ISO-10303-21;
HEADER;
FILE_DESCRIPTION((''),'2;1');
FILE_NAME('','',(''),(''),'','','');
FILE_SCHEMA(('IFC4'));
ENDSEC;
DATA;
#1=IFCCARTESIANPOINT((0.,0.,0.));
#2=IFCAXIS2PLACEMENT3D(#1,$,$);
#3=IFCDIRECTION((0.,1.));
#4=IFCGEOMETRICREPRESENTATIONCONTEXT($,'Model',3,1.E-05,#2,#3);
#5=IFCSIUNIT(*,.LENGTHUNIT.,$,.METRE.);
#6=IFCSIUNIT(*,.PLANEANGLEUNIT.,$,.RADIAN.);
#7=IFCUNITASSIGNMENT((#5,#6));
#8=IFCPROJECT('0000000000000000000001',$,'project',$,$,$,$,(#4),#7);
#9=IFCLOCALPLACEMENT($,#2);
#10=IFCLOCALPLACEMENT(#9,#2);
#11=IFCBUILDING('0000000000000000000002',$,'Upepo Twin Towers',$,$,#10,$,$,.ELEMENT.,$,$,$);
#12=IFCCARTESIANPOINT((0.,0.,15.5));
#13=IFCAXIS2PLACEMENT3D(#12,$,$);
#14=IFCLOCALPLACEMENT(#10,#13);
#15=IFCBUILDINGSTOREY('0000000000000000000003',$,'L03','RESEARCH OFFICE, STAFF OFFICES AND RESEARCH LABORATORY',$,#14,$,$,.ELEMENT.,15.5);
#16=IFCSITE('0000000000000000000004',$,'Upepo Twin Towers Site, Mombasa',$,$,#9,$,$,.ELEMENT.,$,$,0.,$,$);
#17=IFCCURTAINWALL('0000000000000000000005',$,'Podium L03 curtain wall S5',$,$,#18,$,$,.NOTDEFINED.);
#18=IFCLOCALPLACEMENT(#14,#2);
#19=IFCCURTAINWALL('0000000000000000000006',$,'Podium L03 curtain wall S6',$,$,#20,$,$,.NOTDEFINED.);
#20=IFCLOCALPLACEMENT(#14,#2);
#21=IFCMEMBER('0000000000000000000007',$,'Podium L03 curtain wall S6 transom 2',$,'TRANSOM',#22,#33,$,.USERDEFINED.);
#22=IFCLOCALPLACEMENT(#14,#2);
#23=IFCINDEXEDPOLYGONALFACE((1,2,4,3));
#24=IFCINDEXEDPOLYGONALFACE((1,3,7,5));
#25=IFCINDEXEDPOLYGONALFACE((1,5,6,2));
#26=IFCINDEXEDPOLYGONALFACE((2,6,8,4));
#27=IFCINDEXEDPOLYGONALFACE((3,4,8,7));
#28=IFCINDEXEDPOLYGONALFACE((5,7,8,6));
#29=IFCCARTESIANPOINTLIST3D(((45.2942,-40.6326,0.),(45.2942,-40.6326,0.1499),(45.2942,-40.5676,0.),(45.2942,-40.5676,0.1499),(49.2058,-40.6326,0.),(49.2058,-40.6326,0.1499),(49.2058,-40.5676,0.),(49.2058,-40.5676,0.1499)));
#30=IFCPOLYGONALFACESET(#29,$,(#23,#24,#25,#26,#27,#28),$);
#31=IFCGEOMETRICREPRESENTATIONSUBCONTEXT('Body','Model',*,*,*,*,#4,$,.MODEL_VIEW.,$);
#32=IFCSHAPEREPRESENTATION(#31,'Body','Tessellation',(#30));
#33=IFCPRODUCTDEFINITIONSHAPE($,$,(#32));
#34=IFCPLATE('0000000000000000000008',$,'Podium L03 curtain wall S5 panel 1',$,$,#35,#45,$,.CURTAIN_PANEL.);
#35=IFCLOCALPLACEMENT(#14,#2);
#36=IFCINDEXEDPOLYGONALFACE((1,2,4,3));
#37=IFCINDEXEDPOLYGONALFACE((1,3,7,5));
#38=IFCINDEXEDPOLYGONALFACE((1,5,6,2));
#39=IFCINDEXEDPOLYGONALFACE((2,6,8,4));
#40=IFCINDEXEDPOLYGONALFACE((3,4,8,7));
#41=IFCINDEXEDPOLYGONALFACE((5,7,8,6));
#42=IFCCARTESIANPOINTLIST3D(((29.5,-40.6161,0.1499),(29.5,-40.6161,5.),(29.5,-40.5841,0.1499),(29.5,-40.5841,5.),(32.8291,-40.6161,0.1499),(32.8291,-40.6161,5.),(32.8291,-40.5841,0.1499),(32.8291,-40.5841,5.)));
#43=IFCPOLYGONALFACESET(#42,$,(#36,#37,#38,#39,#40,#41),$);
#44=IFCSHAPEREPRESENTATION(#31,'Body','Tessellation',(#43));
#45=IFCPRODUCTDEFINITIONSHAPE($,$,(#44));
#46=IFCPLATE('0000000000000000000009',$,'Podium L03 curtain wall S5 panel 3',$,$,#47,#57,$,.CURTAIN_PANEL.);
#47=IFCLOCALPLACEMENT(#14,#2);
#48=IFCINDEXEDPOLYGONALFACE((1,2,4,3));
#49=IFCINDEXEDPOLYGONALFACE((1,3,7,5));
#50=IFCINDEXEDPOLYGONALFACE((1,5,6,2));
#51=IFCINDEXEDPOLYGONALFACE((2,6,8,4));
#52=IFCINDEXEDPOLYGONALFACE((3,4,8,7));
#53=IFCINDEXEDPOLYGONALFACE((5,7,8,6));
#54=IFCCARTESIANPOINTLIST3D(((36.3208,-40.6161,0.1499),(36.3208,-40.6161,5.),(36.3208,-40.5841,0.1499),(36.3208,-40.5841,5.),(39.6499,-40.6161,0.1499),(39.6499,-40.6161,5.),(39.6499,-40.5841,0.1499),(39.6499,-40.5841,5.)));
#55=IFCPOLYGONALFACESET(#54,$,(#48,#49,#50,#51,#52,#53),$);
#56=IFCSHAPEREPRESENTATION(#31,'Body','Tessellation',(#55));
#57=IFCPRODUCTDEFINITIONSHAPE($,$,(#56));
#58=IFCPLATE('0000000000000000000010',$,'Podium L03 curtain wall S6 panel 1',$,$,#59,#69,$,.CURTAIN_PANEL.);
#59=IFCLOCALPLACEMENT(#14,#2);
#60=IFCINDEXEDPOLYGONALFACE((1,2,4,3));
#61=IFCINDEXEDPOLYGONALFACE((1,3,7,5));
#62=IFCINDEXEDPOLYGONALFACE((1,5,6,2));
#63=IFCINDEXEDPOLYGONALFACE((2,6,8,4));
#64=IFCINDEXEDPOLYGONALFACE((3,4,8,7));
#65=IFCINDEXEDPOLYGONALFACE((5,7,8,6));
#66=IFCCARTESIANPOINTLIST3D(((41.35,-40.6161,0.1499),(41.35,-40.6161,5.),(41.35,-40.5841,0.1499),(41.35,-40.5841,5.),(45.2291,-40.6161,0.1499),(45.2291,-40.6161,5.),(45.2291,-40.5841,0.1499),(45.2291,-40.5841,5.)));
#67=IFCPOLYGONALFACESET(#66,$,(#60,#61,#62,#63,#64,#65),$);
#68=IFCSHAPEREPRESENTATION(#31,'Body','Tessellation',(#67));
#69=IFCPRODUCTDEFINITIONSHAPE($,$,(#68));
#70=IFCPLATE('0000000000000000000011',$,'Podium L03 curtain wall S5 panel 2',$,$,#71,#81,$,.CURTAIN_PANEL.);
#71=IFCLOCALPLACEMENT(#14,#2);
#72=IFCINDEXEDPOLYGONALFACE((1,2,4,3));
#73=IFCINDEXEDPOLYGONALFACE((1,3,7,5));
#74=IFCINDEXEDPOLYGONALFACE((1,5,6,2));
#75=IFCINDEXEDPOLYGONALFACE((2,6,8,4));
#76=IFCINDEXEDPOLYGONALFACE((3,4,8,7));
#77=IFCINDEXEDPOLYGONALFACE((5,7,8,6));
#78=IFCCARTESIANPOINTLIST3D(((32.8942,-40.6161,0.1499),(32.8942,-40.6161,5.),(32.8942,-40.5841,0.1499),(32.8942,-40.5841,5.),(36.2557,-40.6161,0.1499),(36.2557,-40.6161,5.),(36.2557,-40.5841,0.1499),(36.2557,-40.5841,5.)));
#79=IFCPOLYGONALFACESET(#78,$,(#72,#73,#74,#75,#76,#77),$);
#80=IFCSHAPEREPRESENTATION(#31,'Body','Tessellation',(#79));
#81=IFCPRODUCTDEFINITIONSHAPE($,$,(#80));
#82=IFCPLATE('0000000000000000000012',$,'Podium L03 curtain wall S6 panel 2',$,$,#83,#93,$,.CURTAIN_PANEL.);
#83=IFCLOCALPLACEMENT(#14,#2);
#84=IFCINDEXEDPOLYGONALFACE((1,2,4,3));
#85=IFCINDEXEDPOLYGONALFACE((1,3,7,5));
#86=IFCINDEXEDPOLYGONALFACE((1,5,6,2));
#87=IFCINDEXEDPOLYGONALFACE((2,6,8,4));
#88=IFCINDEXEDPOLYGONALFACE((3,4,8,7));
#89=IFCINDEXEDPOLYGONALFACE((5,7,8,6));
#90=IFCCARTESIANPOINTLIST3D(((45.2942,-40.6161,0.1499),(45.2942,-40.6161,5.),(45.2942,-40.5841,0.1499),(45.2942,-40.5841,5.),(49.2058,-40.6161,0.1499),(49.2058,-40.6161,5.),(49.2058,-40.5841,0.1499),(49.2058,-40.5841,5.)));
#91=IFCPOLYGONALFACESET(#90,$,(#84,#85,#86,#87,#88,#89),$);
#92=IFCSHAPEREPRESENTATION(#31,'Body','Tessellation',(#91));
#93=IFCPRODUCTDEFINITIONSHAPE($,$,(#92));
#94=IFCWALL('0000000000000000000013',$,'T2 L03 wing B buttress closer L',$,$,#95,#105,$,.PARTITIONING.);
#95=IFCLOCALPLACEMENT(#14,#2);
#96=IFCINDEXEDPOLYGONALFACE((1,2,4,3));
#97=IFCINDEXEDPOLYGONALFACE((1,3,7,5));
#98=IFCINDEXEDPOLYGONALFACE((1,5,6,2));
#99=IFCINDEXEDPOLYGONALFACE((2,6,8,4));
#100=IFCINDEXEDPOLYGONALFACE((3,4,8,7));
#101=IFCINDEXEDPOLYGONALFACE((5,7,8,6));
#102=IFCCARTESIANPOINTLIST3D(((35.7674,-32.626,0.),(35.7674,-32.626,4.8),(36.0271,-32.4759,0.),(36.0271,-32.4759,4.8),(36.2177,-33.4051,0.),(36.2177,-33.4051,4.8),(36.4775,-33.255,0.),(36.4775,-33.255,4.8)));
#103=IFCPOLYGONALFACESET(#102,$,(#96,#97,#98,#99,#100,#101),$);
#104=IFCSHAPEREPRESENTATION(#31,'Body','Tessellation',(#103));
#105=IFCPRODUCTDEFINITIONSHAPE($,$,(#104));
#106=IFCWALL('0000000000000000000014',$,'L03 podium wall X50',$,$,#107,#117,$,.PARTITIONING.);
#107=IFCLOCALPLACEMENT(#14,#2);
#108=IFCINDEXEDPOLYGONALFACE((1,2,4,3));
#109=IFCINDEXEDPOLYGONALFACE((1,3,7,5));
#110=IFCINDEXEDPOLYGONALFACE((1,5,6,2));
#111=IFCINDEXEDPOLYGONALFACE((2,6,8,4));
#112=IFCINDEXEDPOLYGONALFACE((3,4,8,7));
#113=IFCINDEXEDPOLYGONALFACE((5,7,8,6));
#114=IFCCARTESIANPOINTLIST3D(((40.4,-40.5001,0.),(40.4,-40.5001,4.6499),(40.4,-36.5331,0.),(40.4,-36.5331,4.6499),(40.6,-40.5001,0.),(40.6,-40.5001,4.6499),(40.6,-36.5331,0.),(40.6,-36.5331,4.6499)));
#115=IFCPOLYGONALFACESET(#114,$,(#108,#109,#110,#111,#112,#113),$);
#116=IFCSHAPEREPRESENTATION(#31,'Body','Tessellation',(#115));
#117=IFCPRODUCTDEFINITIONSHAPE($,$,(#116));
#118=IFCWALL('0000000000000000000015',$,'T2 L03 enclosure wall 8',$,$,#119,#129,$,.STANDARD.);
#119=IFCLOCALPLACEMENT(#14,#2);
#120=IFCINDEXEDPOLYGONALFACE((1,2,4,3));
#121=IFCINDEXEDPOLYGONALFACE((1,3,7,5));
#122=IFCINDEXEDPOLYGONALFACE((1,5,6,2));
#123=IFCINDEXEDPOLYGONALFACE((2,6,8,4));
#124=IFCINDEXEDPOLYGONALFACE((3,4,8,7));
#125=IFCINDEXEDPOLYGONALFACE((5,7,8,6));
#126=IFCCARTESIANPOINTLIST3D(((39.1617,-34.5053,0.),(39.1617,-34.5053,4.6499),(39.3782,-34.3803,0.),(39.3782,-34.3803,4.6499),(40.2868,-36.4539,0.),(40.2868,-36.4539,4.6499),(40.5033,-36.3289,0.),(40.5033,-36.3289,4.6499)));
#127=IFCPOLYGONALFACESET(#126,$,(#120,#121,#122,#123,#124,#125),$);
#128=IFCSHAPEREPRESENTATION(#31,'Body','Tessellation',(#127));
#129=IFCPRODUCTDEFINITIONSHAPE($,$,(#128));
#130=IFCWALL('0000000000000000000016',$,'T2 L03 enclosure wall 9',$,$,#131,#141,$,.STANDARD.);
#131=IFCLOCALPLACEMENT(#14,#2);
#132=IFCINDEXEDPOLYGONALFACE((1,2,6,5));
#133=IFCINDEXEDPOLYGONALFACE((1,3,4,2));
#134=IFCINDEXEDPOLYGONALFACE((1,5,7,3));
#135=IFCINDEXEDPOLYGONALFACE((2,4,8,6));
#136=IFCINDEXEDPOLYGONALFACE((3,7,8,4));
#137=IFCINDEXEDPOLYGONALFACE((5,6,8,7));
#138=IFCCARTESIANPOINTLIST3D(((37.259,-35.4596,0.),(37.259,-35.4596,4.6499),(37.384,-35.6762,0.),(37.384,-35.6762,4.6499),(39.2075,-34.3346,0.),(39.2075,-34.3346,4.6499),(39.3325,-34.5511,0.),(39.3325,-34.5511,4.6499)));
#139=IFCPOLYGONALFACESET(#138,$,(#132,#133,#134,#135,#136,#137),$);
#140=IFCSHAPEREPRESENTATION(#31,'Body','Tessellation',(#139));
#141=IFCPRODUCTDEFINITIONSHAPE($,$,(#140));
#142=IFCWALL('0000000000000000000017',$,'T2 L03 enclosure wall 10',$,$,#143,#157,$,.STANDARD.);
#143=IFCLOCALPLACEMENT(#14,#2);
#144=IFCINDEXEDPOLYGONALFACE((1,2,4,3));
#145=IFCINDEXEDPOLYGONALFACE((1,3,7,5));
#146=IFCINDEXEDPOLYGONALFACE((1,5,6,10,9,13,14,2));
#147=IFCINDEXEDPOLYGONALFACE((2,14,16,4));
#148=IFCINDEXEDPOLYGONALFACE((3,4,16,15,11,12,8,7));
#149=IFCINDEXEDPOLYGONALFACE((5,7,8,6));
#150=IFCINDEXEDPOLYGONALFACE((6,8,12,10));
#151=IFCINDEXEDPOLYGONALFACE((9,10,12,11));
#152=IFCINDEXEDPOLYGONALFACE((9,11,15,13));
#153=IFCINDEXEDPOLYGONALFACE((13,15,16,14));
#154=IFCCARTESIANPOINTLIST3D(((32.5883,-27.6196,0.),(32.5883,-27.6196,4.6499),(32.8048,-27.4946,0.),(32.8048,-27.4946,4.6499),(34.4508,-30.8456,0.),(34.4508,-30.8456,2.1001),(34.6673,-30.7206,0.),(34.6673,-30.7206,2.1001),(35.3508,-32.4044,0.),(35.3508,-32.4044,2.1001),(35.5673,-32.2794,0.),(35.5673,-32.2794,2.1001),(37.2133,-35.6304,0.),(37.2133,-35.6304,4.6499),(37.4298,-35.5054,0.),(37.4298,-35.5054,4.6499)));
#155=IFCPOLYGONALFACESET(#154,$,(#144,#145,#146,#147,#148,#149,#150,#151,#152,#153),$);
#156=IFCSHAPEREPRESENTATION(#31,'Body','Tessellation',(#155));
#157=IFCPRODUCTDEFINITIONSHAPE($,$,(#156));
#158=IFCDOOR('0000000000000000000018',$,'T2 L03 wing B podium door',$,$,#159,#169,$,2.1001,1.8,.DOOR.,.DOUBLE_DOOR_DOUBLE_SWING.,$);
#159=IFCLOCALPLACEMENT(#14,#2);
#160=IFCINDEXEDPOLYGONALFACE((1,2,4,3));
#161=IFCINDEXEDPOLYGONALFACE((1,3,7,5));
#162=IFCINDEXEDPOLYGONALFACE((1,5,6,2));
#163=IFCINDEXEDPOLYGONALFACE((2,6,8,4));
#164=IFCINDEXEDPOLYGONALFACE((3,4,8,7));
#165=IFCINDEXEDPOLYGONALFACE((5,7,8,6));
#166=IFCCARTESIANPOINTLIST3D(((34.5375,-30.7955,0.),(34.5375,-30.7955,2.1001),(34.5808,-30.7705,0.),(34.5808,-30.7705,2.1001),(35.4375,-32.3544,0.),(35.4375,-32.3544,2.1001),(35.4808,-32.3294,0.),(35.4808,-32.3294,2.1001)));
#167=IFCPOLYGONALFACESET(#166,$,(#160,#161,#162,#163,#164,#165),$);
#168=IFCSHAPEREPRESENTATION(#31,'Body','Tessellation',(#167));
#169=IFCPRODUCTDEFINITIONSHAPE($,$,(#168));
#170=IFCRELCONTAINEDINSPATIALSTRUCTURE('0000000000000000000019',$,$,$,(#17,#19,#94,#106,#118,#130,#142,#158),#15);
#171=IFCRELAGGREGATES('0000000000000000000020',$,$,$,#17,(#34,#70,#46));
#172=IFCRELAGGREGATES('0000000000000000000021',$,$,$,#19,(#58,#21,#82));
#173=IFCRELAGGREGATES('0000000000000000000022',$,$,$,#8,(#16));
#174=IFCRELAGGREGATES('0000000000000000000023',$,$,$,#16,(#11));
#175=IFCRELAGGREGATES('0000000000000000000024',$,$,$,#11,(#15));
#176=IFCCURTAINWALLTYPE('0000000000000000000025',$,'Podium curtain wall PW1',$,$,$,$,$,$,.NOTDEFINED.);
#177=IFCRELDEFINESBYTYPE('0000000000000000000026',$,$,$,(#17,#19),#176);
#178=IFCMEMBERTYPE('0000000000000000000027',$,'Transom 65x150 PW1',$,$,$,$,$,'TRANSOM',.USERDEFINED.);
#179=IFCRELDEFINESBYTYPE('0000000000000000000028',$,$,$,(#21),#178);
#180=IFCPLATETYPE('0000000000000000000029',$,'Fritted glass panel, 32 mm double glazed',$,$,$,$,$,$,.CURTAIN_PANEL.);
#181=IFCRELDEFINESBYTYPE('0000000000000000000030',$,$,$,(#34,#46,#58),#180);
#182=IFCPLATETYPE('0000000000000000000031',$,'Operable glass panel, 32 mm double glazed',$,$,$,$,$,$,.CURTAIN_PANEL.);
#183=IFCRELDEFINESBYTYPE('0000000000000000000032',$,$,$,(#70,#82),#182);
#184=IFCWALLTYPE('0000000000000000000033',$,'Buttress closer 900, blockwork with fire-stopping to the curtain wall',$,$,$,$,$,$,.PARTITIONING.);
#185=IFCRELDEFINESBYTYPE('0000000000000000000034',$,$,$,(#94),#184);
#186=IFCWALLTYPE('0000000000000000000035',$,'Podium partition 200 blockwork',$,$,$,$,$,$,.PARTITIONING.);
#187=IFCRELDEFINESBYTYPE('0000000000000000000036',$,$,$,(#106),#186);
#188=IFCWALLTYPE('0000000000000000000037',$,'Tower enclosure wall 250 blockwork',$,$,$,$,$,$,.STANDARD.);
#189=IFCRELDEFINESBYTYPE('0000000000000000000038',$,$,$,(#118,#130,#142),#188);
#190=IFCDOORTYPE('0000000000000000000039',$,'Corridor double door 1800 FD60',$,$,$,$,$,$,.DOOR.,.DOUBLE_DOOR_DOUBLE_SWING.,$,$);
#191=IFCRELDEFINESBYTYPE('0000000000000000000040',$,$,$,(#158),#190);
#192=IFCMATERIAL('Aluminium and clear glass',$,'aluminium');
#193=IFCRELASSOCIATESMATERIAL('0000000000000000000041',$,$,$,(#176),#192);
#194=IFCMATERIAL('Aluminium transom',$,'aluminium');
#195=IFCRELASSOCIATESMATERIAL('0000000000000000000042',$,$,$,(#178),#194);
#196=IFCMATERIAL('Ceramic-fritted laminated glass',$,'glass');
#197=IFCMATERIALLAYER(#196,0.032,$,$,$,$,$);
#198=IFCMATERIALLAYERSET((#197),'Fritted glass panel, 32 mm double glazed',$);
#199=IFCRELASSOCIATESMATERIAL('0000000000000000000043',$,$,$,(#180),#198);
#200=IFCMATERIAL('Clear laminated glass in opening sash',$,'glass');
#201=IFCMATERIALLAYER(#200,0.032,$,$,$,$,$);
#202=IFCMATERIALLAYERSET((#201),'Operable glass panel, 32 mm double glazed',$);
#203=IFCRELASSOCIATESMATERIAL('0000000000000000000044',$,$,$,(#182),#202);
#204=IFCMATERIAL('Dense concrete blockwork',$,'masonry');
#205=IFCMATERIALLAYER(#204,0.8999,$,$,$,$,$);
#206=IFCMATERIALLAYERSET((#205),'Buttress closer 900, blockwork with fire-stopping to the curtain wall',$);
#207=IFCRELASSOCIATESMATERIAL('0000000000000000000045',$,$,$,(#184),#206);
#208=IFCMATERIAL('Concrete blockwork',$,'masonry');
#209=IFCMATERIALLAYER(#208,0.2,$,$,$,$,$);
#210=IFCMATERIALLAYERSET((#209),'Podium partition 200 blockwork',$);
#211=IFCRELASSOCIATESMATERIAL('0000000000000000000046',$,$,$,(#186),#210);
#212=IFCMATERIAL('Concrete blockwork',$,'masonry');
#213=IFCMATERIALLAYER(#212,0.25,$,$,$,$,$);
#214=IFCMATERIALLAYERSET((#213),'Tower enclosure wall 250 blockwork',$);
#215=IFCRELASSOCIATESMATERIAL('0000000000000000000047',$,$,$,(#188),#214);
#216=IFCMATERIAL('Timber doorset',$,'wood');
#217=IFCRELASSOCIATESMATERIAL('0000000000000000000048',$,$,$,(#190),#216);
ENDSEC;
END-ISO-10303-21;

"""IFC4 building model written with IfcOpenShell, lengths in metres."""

from ifc_helpers import new_model, si_unit, direction, frame, frame_2d, origin, origin_2d, place, context, subcontext, project, spatial, rectangle, extrude, material, layer, layer_set, material_profile, profile_set, type_object, element, fill, aggregate, save


model = new_model("IFC4")

# Units and contexts
model_context = context("Model", 3, precision=1e-05, world=origin(), true_north=direction((0.0, 1.0)))
body_context = subcontext(model_context, "Body", "Model", "MODEL_VIEW")
ifc_project = project(units=[si_unit("LENGTHUNIT", "METRE"), si_unit("PLANEANGLEUNIT", "RADIAN")], contexts=[model_context])

# Site, building, storey
site_placement = place(None, origin())
site = spatial("IfcSite", under=ifc_project, at=site_placement, Name="Upepo Twin Towers Site, Mombasa", CompositionType="ELEMENT", RefElevation=0.0)
building_placement = place(site_placement, origin())
building = spatial("IfcBuilding", under=site, at=building_placement, Name="Upepo Twin Towers", CompositionType="ELEMENT")
storey_placement = place(building_placement, frame((0.0, 0.0, 15.5)))
storey = spatial("IfcBuildingStorey", under=building, at=storey_placement, Name="L03", Description="RESEARCH OFFICE, STAFF OFFICES AND RESEARCH LABORATORY", CompositionType="ELEMENT", Elevation=15.5)

# Curtain walls
ifc_material_1 = material(Name="Aluminium and clear glass", Category="aluminium")
curtain_wall_type = type_object("IfcCurtainWallType", Name="Podium curtain wall PW1", PredefinedType="NOTDEFINED", material=ifc_material_1)
curtain_wall_1_placement = place(storey_placement, origin())
curtain_wall_1 = element("IfcCurtainWall", 1, at=curtain_wall_1_placement, inside=storey, type_object=curtain_wall_type, Name="Podium L03 curtain wall S5", PredefinedType="NOTDEFINED")
curtain_wall_2_placement = place(storey_placement, origin())
curtain_wall_2 = element("IfcCurtainWall", 2, at=curtain_wall_2_placement, inside=storey, type_object=curtain_wall_type, Name="Podium L03 curtain wall S6", PredefinedType="NOTDEFINED")

# Member
ifc_material_2 = material(Name="Aluminium transom", Category="aluminium")
ifc_material_profile_1 = material_profile(ifc_material_2, rectangle(XDim=0.0649, YDim=0.1499, at=origin_2d()), Name="TRANSOM 65x150 PODIUM")
ifc_profile_set_1 = profile_set([ifc_material_profile_1], Name="Aluminium transom")
member_type_1 = type_object("IfcMemberType", Name="Transom 65x150 PW1", ElementType="TRANSOM", PredefinedType="USERDEFINED", material=ifc_profile_set_1)
member_1_placement = place(storey_placement, frame((45.2942, -40.6001, 0.075), z_axis=(1.0, 0.0, 0.0), x_axis=(0.0, 1.0, 0.0)))
member_1 = element("IfcMember", 3, at=member_1_placement, type_object=member_type_1, Name="Podium L03 curtain wall S6 transom 2", ObjectType="TRANSOM", PredefinedType="USERDEFINED", context=body_context, shape_type="SweptSolid", body=[
    extrude(rectangle(XDim=0.0649, YDim=0.1499, at=origin_2d()), origin(), (0.0, 0.0, 1.0), 3.9116),
])

# Plates
ifc_material_3 = material(Name="Ceramic-fritted laminated glass", Category="glass")
ifc_layer_1 = layer(ifc_material_3, 0.032)
ifc_layer_set_1 = layer_set([ifc_layer_1], Name="Fritted glass panel, 32 mm double glazed")
plate_type_1 = type_object("IfcPlateType", Name="Fritted glass panel, 32 mm double glazed", PredefinedType="CURTAIN_PANEL", material=ifc_layer_set_1)
plate_1_placement = place(storey_placement, frame((31.1646, -40.6001, 0.1499), z_axis=(0.0, 0.0, 1.0), x_axis=(1.0, 0.0, 0.0)))
plate_1 = element("IfcPlate", 4, at=plate_1_placement, type_object=plate_type_1, Name="Podium L03 curtain wall S5 panel 1", PredefinedType="CURTAIN_PANEL", context=body_context, shape_type="SweptSolid", body=[
    extrude(rectangle(XDim=3.3291, YDim=0.032, at=origin_2d()), origin(), (0.0, 0.0, 1.0), 4.8501),
])
plate_2_placement = place(storey_placement, frame((37.9854, -40.6001, 0.1499), z_axis=(0.0, 0.0, 1.0), x_axis=(1.0, 0.0, 0.0)))
plate_2 = element("IfcPlate", 5, at=plate_2_placement, type_object=plate_type_1, Name="Podium L03 curtain wall S5 panel 3", PredefinedType="CURTAIN_PANEL", context=body_context, shape_type="SweptSolid", body=[
    extrude(rectangle(XDim=3.3291, YDim=0.032, at=origin_2d()), origin(), (0.0, 0.0, 1.0), 4.8501),
])
plate_3_placement = place(storey_placement, frame((43.2896, -40.6001, 0.1499), z_axis=(0.0, 0.0, 1.0), x_axis=(1.0, 0.0, 0.0)))
plate_3 = element("IfcPlate", 6, at=plate_3_placement, type_object=plate_type_1, Name="Podium L03 curtain wall S6 panel 1", PredefinedType="CURTAIN_PANEL", context=body_context, shape_type="SweptSolid", body=[
    extrude(rectangle(XDim=3.8792, YDim=0.032, at=origin_2d()), origin(), (0.0, 0.0, 1.0), 4.8501),
])
ifc_material_4 = material(Name="Clear laminated glass in opening sash", Category="glass")
ifc_layer_2 = layer(ifc_material_4, 0.032)
ifc_layer_set_2 = layer_set([ifc_layer_2], Name="Operable glass panel, 32 mm double glazed")
plate_type_2 = type_object("IfcPlateType", Name="Operable glass panel, 32 mm double glazed", PredefinedType="CURTAIN_PANEL", material=ifc_layer_set_2)
plate_4_placement = place(storey_placement, frame((34.575, -40.6001, 0.1499), z_axis=(0.0, 0.0, 1.0), x_axis=(1.0, 0.0, 0.0)))
plate_4 = element("IfcPlate", 7, at=plate_4_placement, type_object=plate_type_2, Name="Podium L03 curtain wall S5 panel 2", PredefinedType="CURTAIN_PANEL", context=body_context, shape_type="SweptSolid", body=[
    extrude(rectangle(XDim=3.3616, YDim=0.032, at=origin_2d()), origin(), (0.0, 0.0, 1.0), 4.8501),
])
aggregate(curtain_wall_1, [plate_1, plate_4, plate_2])
plate_5_placement = place(storey_placement, frame((47.25, -40.6001, 0.1499), z_axis=(0.0, 0.0, 1.0), x_axis=(1.0, 0.0, 0.0)))
plate_5 = element("IfcPlate", 8, at=plate_5_placement, type_object=plate_type_2, Name="Podium L03 curtain wall S6 panel 2", PredefinedType="CURTAIN_PANEL", context=body_context, shape_type="SweptSolid", body=[
    extrude(rectangle(XDim=3.9116, YDim=0.032, at=origin_2d()), origin(), (0.0, 0.0, 1.0), 4.8501),
])
aggregate(curtain_wall_2, [plate_3, member_1, plate_5])

# Walls
ifc_material_5 = material(Name="Dense concrete blockwork", Category="masonry")
ifc_layer_3 = layer(ifc_material_5, 0.8999)
ifc_layer_set_3 = layer_set([ifc_layer_3], Name="Buttress closer 900, blockwork with fire-stopping to the curtain wall")
wall_type_1 = type_object("IfcWallType", Name="Buttress closer 900, blockwork with fire-stopping to the curtain wall", PredefinedType="PARTITIONING", material=ifc_layer_set_3)
wall_1_placement = place(storey_placement, frame((36.2522, -32.8655, 0.0), z_axis=(0.0, 0.0, 1.0), x_axis=(-0.865779, -0.500427, 0.0)))
element("IfcWall", 9, at=wall_1_placement, inside=storey, type_object=wall_type_1, Name="T2 L03 wing B buttress closer L", PredefinedType="PARTITIONING", context=body_context, shape_type="SweptSolid", body=[
    extrude(rectangle(XDim=0.3, YDim=0.8999, at=frame_2d((0.1499, 0.0))), origin(), (0.0, 0.0, 1.0), 4.8),
])
ifc_material_6 = material(Name="Concrete blockwork", Category="masonry")
ifc_layer_4 = layer(ifc_material_6, 0.2)
ifc_layer_set_4 = layer_set([ifc_layer_4], Name="Podium partition 200 blockwork")
wall_type_2 = type_object("IfcWallType", Name="Podium partition 200 blockwork", PredefinedType="PARTITIONING", material=ifc_layer_set_4)
wall_2_placement = place(storey_placement, frame((40.5, -40.5, 0.0), z_axis=(0.0, 0.0, 1.0), x_axis=(0.0, 1.0, 0.0)))
element("IfcWall", 10, at=wall_2_placement, inside=storey, type_object=wall_type_2, Name="L03 podium wall X50", PredefinedType="PARTITIONING", context=body_context, shape_type="SweptSolid", body=[
    extrude(rectangle(XDim=3.967, YDim=0.2, at=frame_2d((1.9834, 0.0))), origin(), (0.0, 0.0, 1.0), 4.6499),
])
ifc_material_7 = material(Name="Concrete blockwork", Category="masonry")
ifc_layer_5 = layer(ifc_material_7, 0.25)
ifc_layer_set_5 = layer_set([ifc_layer_5], Name="Tower enclosure wall 250 blockwork")
wall_type_3 = type_object("IfcWallType", Name="Tower enclosure wall 250 blockwork", PredefinedType="STANDARD", material=ifc_layer_set_5)
for number, where, z_axis, x_axis, name in (
    (11, (40.395, -36.3914, 0.0), (0.0, 0.0, 1.0), (-0.500014, 0.866018, 0.0), "T2 L03 enclosure wall 8"),
    (12, (39.27, -34.4429, 0.0), (0.0, 0.0, 1.0), (-0.866018, -0.500014, 0.0), "T2 L03 enclosure wall 9"),
):
    element("IfcWall", number, at=place(storey_placement, frame(where, z_axis=z_axis, x_axis=x_axis)), inside=storey, type_object=wall_type_3, Name=name, PredefinedType="STANDARD", context=body_context, shape_type="SweptSolid", body=[
        extrude(rectangle(XDim=2.25, YDim=0.25, at=frame_2d((1.125, 0.0))), origin(), (0.0, 0.0, 1.0), 4.6499),
    ])

# Wall, opening, door
wall_3_placement = place(storey_placement, frame((37.3215, -35.5679, 0.0), z_axis=(0.0, 0.0, 1.0), x_axis=(-0.5, 0.866026, 0.0)))
wall_3 = element("IfcWall", 13, at=wall_3_placement, inside=storey, type_object=wall_type_3, Name="T2 L03 enclosure wall 10", PredefinedType="STANDARD", context=body_context, shape_type="SweptSolid", body=[
    extrude(rectangle(XDim=9.25, YDim=0.25, at=frame_2d((4.625, 0.0))), origin(), (0.0, 0.0, 1.0), 4.6499),
])
opening_placement = place(wall_3_placement, frame((3.7251, 0.0, 0.0)))
opening = element("IfcOpeningElement", 14, at=opening_placement, cuts=wall_3, PredefinedType="OPENING", context=body_context, shape_type="SweptSolid", body=[
    extrude(rectangle(XDim=1.8, YDim=2.1001, at=frame_2d((0.8999, 1.05))), frame((0.0, 0.135, 0.0), z_axis=(0.0, -1.0, 0.0), x_axis=(1.0, 0.0, 0.0)), (0.0, 0.0, 1.0), 0.27),
])
ifc_material_8 = material(Name="Timber doorset", Category="wood")
door_type = type_object("IfcDoorType", Name="Corridor double door 1800 FD60", OperationType="DOUBLE_DOOR_DOUBLE_SWING", PredefinedType="DOOR", material=ifc_material_8)
door_placement = place(opening_placement, origin())
door = element("IfcDoor", 15, at=door_placement, inside=storey, type_object=door_type, Name="T2 L03 wing B podium door", OperationType="DOUBLE_DOOR_DOUBLE_SWING", OverallHeight=2.1001, OverallWidth=1.8, PredefinedType="DOOR", context=body_context, shape_type="SweptSolid", body=[
    extrude(rectangle(XDim=1.8, YDim=2.1001, at=frame_2d((0.8999, 1.05))), frame((0.0, 0.0249, 0.0), z_axis=(0.0, -1.0, 0.0), x_axis=(1.0, 0.0, 0.0)), (0.0, 0.0, 1.0), 0.05),
])
fill(opening, door)

save(model, "model.ifc")
